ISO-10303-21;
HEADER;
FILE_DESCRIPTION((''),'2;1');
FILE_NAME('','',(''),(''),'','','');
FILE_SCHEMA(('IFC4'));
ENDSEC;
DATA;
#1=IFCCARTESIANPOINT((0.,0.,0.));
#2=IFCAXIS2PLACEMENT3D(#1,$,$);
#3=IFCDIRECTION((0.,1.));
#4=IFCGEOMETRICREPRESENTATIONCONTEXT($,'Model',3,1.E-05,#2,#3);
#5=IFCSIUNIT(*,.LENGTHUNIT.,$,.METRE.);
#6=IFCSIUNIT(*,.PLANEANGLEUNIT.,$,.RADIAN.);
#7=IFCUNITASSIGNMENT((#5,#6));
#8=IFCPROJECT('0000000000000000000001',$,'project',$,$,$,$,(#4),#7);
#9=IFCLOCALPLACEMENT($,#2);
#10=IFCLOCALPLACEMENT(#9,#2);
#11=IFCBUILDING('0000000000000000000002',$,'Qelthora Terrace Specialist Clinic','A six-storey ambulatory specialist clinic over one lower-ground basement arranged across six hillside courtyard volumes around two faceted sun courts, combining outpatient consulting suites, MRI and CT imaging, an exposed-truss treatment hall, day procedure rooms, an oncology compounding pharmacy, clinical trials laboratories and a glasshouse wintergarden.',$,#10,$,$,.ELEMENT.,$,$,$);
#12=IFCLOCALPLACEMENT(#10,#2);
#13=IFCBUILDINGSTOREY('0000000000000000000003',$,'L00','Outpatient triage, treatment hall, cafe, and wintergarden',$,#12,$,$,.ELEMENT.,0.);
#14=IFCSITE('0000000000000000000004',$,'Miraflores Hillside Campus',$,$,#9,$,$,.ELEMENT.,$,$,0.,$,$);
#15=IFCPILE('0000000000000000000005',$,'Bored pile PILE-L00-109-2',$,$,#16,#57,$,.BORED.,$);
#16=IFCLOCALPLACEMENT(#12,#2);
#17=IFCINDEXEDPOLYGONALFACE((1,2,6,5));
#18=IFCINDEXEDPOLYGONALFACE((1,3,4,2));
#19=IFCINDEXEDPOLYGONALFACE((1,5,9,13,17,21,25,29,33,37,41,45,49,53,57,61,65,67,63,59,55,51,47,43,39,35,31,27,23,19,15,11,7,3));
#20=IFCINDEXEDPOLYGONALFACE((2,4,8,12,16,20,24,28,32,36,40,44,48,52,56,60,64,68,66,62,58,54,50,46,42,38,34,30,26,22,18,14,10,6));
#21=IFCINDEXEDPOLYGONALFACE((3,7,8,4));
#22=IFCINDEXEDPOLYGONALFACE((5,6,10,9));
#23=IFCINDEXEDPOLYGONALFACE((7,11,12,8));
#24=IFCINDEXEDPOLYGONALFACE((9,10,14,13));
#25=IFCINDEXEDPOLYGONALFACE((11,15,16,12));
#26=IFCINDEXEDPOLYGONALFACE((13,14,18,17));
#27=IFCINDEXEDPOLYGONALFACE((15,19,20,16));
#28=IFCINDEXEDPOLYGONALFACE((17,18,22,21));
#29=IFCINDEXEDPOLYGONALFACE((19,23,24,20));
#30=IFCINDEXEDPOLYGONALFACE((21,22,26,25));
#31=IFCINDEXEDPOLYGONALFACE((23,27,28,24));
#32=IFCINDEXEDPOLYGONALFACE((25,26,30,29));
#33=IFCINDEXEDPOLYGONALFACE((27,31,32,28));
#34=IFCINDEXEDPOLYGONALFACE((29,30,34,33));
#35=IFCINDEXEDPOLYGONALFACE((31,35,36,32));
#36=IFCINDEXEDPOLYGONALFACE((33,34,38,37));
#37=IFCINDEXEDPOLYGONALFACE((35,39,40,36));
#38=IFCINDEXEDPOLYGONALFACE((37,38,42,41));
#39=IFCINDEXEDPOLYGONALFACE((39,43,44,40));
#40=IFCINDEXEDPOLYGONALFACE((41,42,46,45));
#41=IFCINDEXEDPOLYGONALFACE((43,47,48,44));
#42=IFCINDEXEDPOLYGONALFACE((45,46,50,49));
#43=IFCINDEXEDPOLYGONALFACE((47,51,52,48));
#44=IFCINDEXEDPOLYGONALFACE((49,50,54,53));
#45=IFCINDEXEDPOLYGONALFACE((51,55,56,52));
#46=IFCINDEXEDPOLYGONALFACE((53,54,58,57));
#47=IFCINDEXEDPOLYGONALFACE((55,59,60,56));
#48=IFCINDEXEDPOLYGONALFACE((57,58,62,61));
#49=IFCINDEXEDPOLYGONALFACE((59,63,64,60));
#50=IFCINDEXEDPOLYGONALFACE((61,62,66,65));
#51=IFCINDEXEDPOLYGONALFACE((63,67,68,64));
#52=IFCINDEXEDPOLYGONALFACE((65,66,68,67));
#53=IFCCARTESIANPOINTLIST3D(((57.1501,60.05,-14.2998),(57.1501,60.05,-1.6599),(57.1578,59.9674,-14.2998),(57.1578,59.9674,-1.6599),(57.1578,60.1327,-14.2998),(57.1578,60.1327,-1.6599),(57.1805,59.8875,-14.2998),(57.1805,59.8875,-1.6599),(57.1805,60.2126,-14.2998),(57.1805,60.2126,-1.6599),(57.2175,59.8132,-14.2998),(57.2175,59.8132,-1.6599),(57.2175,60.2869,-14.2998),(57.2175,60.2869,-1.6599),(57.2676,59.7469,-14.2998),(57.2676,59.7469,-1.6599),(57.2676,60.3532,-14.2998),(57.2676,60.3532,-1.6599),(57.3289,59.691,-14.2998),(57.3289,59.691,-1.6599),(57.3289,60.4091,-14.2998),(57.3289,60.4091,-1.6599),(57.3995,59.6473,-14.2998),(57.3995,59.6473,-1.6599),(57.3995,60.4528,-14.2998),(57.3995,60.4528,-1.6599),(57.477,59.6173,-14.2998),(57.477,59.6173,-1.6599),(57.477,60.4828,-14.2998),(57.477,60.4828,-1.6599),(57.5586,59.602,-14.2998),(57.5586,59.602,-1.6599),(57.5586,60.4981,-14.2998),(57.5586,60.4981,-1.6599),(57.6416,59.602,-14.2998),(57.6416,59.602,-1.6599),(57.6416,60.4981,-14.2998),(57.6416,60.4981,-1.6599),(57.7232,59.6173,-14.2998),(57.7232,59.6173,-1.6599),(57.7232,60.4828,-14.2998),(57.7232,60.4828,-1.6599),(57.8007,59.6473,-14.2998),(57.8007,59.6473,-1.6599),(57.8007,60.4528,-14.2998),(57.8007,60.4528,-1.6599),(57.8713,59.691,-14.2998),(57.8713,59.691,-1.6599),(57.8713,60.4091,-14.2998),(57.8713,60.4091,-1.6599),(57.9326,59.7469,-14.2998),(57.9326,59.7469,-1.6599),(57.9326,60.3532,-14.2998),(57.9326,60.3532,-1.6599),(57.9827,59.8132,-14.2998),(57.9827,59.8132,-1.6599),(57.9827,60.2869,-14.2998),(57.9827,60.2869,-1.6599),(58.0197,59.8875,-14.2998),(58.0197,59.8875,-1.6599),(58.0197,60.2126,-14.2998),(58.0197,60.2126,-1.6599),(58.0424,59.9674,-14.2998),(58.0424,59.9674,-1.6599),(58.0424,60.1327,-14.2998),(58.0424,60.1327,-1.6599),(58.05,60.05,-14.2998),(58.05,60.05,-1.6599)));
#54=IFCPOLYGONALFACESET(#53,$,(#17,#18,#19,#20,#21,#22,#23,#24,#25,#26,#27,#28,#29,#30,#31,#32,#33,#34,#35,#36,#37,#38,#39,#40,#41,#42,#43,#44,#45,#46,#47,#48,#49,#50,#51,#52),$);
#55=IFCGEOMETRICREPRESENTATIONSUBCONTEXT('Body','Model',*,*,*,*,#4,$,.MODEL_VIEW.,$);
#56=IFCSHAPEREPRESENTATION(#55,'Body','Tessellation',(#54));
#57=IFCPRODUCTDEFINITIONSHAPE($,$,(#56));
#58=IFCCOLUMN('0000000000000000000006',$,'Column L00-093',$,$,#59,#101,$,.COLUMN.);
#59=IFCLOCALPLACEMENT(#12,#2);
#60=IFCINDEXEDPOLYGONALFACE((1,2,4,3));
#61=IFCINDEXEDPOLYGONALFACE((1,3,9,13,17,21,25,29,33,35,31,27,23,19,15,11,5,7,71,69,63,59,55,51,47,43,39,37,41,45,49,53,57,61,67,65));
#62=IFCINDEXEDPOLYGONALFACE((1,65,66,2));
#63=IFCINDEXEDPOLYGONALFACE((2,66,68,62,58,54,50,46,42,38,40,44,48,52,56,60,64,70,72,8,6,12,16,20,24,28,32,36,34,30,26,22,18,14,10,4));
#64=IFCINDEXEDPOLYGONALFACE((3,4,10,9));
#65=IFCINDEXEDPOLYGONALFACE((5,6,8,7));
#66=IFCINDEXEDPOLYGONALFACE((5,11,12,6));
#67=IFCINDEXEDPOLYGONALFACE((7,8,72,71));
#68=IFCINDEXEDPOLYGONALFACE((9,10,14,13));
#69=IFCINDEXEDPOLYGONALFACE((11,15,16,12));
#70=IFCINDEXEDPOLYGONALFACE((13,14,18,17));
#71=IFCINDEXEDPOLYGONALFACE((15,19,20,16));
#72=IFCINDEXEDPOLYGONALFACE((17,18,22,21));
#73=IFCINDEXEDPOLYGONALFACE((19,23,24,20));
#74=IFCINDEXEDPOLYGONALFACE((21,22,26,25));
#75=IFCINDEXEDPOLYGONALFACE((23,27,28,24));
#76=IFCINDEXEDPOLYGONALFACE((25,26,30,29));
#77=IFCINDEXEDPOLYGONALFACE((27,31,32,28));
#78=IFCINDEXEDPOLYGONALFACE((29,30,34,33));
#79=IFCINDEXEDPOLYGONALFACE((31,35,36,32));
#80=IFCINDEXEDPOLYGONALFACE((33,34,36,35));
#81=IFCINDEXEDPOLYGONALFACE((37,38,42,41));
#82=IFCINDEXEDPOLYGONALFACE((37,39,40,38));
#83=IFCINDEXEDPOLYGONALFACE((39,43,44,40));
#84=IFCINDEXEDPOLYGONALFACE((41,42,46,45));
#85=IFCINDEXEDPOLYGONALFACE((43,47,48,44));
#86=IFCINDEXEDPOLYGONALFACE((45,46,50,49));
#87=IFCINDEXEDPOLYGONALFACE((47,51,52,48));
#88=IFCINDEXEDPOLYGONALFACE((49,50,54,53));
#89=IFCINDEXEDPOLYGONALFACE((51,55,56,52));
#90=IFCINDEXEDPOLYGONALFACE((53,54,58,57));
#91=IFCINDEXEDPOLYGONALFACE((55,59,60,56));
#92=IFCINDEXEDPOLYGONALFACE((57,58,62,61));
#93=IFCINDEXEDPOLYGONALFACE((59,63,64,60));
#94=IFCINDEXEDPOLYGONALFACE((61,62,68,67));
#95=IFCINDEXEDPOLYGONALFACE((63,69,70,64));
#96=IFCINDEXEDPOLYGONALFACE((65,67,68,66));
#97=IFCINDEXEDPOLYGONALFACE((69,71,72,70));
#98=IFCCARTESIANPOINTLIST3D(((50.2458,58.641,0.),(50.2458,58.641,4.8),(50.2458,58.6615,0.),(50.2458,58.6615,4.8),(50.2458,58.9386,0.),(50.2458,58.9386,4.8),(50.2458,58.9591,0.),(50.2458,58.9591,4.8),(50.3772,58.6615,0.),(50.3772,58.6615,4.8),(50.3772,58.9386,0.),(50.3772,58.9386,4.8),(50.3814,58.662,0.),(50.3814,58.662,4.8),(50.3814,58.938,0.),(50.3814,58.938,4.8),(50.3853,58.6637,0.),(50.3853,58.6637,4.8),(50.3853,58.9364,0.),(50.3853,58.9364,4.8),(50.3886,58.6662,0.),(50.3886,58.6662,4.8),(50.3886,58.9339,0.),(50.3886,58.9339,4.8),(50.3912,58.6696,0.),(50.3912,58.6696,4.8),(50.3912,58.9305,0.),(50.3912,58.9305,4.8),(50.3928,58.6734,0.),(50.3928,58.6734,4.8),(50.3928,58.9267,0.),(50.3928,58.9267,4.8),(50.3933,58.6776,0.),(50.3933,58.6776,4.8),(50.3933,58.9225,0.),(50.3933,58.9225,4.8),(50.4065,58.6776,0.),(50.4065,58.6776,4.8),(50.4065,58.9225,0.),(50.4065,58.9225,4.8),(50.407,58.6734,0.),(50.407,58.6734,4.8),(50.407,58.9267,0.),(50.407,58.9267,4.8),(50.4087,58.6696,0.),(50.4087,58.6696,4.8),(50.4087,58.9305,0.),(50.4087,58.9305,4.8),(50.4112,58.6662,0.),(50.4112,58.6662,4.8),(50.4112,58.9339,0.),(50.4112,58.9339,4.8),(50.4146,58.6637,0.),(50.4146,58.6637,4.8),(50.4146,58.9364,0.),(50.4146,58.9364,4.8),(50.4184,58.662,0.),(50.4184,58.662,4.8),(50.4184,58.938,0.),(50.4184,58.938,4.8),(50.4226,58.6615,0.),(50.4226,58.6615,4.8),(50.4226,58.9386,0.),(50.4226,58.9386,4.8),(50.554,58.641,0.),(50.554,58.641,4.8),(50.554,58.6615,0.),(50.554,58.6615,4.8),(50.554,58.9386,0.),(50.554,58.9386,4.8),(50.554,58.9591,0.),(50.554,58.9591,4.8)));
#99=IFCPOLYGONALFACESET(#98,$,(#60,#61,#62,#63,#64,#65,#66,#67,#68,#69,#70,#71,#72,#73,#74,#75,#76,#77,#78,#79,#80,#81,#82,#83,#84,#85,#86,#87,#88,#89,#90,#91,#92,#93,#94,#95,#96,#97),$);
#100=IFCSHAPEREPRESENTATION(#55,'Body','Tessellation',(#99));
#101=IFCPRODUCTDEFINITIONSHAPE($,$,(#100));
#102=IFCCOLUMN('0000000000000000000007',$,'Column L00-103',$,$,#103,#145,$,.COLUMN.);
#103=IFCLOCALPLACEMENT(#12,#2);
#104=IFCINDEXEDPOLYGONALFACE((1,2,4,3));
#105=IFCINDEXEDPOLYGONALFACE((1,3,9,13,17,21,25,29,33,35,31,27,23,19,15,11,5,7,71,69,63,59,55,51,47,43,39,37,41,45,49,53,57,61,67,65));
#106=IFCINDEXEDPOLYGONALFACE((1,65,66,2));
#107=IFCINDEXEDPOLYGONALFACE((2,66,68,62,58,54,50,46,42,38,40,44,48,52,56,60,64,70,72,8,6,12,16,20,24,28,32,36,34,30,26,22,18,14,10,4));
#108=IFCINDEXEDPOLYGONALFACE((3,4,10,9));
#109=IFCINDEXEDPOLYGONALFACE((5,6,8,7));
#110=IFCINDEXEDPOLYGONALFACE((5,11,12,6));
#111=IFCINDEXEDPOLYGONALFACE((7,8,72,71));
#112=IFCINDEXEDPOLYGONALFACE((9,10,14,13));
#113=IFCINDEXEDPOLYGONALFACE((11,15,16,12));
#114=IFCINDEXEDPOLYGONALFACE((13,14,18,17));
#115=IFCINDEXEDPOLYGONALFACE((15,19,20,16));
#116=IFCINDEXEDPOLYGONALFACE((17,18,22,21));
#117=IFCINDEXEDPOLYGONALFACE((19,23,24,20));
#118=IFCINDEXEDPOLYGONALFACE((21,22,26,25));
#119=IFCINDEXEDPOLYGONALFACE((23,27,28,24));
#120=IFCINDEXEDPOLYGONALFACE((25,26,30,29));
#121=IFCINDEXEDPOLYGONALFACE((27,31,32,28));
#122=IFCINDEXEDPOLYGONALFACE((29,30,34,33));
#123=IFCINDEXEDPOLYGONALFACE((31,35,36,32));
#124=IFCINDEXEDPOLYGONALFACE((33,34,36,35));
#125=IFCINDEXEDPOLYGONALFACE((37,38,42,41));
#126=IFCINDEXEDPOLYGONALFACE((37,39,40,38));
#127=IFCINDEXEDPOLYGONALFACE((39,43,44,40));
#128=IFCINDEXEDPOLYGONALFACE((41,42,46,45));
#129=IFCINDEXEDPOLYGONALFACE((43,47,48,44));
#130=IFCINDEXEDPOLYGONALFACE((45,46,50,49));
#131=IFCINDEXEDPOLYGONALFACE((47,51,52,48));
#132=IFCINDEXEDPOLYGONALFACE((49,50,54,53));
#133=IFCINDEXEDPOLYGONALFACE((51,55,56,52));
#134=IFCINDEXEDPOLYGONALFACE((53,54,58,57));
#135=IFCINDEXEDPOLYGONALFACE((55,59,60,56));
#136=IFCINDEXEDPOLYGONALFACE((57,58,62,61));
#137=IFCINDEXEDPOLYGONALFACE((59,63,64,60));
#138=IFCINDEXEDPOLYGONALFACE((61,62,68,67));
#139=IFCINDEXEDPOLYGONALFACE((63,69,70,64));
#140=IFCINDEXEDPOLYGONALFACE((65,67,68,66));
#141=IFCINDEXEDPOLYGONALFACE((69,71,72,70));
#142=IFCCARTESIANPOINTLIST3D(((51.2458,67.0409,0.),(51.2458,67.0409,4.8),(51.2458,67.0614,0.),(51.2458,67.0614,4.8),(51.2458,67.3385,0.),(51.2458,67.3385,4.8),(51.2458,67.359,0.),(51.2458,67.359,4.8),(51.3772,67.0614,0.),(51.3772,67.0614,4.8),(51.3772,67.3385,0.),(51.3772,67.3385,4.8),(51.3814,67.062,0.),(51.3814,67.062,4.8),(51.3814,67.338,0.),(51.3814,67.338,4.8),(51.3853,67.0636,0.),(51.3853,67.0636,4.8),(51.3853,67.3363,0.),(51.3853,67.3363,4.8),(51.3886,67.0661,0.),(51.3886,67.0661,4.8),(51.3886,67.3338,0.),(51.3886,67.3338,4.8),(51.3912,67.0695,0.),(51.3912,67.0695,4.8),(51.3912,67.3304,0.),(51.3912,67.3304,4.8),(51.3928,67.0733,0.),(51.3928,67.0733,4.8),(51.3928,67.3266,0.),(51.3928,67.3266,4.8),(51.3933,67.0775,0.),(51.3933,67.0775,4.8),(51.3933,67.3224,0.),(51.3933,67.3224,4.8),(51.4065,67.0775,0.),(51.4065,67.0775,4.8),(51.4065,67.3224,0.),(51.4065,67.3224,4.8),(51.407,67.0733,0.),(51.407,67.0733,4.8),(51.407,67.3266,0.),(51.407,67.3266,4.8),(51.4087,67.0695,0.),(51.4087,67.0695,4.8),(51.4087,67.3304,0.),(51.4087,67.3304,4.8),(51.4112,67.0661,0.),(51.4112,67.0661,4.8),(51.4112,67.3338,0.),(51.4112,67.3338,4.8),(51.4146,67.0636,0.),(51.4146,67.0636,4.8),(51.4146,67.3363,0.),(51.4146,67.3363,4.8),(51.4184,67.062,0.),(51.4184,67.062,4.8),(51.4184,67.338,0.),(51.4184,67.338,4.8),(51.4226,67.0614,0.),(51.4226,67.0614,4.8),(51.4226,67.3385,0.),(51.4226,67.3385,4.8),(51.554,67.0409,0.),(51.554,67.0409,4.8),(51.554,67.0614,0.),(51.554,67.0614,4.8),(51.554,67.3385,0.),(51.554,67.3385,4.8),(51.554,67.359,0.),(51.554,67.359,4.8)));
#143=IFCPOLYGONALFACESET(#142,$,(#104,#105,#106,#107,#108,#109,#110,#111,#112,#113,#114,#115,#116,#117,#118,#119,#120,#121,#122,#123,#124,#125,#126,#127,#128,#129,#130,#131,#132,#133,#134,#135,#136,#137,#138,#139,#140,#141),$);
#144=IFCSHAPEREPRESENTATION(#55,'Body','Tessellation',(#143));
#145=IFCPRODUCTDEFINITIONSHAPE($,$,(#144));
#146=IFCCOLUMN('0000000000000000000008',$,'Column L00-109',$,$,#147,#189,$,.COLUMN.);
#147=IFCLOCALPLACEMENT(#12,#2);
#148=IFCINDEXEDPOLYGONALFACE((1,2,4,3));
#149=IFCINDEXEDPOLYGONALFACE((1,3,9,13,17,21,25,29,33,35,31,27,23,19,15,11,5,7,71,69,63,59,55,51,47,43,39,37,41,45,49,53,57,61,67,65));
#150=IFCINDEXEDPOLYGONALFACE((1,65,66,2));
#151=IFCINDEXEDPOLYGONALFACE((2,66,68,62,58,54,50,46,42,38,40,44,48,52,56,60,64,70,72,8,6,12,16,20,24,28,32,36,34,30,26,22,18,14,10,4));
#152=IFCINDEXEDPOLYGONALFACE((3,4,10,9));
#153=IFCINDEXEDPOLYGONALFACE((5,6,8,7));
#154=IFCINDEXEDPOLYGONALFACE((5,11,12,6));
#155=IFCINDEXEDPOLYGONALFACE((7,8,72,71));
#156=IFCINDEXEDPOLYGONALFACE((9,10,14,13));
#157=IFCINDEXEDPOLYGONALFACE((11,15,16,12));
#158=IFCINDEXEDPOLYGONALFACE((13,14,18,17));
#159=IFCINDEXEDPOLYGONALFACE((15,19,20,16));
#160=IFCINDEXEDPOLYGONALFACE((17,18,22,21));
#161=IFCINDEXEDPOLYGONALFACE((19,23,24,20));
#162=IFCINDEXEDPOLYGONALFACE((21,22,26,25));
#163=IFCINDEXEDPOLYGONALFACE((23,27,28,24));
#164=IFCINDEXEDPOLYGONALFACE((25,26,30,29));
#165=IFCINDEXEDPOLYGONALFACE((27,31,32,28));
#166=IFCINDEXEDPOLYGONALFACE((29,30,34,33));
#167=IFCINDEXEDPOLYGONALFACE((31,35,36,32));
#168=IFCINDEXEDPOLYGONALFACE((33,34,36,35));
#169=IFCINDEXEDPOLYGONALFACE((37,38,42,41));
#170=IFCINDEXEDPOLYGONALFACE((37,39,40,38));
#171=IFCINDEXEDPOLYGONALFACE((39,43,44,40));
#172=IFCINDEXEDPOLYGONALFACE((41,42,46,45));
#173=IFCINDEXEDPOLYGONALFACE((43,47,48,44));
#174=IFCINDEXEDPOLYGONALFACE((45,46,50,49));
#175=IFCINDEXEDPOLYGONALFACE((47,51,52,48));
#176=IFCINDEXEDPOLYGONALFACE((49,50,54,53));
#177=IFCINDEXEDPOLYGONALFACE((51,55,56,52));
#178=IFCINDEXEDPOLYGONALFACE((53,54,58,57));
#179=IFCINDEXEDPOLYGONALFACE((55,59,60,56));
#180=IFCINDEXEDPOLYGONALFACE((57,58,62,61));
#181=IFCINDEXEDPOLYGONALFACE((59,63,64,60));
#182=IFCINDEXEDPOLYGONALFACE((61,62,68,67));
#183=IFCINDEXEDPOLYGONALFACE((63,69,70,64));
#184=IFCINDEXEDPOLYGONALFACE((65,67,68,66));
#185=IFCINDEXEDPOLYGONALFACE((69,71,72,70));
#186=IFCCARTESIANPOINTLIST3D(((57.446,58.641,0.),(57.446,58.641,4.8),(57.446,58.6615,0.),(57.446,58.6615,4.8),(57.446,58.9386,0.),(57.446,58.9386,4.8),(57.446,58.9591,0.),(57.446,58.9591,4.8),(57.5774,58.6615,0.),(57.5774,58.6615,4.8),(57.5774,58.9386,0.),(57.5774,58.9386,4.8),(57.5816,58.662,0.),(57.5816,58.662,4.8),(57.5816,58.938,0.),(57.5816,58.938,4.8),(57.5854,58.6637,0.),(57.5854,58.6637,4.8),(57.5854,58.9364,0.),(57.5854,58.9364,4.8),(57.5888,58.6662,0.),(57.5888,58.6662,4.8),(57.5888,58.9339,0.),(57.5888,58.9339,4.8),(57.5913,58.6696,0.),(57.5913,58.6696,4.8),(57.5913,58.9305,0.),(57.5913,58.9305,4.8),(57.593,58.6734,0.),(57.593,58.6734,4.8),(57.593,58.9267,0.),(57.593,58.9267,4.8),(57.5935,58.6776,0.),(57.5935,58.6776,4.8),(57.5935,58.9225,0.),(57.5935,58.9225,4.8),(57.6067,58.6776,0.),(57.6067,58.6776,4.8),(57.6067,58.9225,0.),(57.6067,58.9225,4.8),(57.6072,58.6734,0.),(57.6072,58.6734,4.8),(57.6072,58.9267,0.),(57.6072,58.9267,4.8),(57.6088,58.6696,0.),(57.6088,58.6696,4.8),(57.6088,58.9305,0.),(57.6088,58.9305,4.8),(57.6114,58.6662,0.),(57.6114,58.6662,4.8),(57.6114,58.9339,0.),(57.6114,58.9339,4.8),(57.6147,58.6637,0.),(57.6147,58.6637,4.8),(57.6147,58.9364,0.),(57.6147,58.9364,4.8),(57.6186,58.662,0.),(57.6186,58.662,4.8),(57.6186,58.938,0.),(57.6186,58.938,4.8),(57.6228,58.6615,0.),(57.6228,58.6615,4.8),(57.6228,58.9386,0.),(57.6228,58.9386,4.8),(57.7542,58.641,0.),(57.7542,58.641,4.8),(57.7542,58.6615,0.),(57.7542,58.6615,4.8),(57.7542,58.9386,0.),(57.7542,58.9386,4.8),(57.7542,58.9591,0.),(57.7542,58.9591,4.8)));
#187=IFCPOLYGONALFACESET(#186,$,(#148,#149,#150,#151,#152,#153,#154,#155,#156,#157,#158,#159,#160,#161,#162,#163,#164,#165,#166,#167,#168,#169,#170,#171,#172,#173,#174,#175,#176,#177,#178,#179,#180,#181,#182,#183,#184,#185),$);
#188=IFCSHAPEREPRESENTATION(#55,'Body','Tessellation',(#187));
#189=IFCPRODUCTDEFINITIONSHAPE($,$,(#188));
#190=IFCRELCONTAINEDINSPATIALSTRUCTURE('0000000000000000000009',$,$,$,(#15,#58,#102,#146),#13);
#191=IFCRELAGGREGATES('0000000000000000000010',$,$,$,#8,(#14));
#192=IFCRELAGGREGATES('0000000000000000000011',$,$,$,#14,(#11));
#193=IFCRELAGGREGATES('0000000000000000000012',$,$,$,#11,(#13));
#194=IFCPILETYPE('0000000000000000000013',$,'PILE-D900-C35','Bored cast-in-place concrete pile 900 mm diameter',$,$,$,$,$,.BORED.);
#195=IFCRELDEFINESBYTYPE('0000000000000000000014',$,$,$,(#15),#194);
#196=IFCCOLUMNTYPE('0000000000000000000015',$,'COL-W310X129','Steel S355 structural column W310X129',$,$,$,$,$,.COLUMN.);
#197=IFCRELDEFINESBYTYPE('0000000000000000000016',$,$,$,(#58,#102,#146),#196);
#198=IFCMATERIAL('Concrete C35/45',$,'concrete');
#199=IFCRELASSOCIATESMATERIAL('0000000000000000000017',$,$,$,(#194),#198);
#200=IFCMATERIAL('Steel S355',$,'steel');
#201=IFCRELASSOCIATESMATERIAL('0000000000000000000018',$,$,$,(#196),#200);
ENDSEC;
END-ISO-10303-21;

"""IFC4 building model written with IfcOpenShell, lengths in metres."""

from ifc_helpers import new_model, si_unit, direction, frame, origin, origin_2d, place, context, subcontext, project, spatial, circle, i_section, extrude, material, material_profile, profile_set, type_object, element, save


model = new_model("IFC4")

# Units and contexts
model_context = context("Model", 3, precision=1e-05, world=origin(), true_north=direction((0.0, 1.0)))
body_context = subcontext(model_context, "Body", "Model", "MODEL_VIEW")
ifc_project = project(units=[si_unit("LENGTHUNIT", "METRE"), si_unit("PLANEANGLEUNIT", "RADIAN")], contexts=[model_context])

# Site, building, storey
site_placement = place(None, origin())
site = spatial("IfcSite", under=ifc_project, at=site_placement, Name="Miraflores Hillside Campus", CompositionType="ELEMENT", RefElevation=0.0)
building_placement = place(site_placement, origin())
building = spatial("IfcBuilding", under=site, at=building_placement, Name="Qelthora Terrace Specialist Clinic", Description="A six-storey ambulatory specialist clinic over one lower-ground basement arranged across six hillside courtyard volumes around two faceted sun courts, combining outpatient consulting suites, MRI and CT imaging, an exposed-truss treatment hall, day procedure rooms, an oncology compounding pharmacy, clinical trials laboratories and a glasshouse wintergarden.", CompositionType="ELEMENT")
storey_placement = place(building_placement, origin())
storey = spatial("IfcBuildingStorey", under=building, at=storey_placement, Name="L00", Description="Outpatient triage, treatment hall, cafe, and wintergarden", CompositionType="ELEMENT", Elevation=0.0)

# Shared definitions
ifc_material_1 = material(Name="Concrete C35/45", Category="concrete")

# Pile
ifc_material_profile_1 = material_profile(ifc_material_1, circle(Radius=0.45, at=origin_2d()), Name="PILE900")
ifc_profile_set_1 = profile_set([ifc_material_profile_1], Name="Concrete C35/45")
pile_type_1 = type_object("IfcPileType", Name="PILE-D900-C35", Description="Bored cast-in-place concrete pile 900 mm diameter", PredefinedType="BORED", material=ifc_profile_set_1)
for number, where, z_axis, x_axis, name in (
    (1, (57.6001, 60.05, -1.6599), (0.0, 0.0, -1.0), (1.0, 0.0, 0.0), "Bored pile PILE-L00-109-2"),
):
    element("IfcPile", number, at=place(storey_placement, frame(where, z_axis=z_axis, x_axis=x_axis)), inside=storey, type_object=pile_type_1, Name=name, PredefinedType="BORED", context=body_context, shape_type="SweptSolid", body=[
        extrude(circle(Radius=0.45, at=origin_2d()), origin(), (0.0, 0.0, 1.0), 12.6399),
    ])

# Columns
ifc_material_2 = material(Name="Steel S355", Category="steel")
ifc_material_profile_2 = material_profile(ifc_material_2, i_section(OverallWidth=0.3081, OverallDepth=0.3181, WebThickness=0.0132, FlangeThickness=0.0205, FilletRadius=0.0161, at=origin_2d()), Name="W310X129")
ifc_profile_set_2 = profile_set([ifc_material_profile_2], Name="Steel S355")
column_type_1 = type_object("IfcColumnType", Name="COL-W310X129", Description="Steel S355 structural column W310X129", PredefinedType="COLUMN", material=ifc_profile_set_2)
for number, where, z_axis, x_axis, name in (
    (2, (50.3999, 58.8, 0.0), (0.0, 0.0, 1.0), (1.0, 0.0, 0.0), "Column L00-093"),
    (3, (51.3999, 67.2, 0.0), (0.0, 0.0, 1.0), (1.0, 0.0, 0.0), "Column L00-103"),
    (4, (57.6001, 58.8, 0.0), (0.0, 0.0, 1.0), (1.0, 0.0, 0.0), "Column L00-109"),
):
    element("IfcColumn", number, at=place(storey_placement, frame(where, z_axis=z_axis, x_axis=x_axis)), inside=storey, type_object=column_type_1, Name=name, PredefinedType="COLUMN", context=body_context, shape_type="SweptSolid", body=[
        extrude(i_section(OverallWidth=0.3081, OverallDepth=0.3181, WebThickness=0.0132, FlangeThickness=0.0205, FilletRadius=0.0161, at=origin_2d()), origin(), (0.0, 0.0, 1.0), 4.8),
    ])

save(model, "model.ifc")
